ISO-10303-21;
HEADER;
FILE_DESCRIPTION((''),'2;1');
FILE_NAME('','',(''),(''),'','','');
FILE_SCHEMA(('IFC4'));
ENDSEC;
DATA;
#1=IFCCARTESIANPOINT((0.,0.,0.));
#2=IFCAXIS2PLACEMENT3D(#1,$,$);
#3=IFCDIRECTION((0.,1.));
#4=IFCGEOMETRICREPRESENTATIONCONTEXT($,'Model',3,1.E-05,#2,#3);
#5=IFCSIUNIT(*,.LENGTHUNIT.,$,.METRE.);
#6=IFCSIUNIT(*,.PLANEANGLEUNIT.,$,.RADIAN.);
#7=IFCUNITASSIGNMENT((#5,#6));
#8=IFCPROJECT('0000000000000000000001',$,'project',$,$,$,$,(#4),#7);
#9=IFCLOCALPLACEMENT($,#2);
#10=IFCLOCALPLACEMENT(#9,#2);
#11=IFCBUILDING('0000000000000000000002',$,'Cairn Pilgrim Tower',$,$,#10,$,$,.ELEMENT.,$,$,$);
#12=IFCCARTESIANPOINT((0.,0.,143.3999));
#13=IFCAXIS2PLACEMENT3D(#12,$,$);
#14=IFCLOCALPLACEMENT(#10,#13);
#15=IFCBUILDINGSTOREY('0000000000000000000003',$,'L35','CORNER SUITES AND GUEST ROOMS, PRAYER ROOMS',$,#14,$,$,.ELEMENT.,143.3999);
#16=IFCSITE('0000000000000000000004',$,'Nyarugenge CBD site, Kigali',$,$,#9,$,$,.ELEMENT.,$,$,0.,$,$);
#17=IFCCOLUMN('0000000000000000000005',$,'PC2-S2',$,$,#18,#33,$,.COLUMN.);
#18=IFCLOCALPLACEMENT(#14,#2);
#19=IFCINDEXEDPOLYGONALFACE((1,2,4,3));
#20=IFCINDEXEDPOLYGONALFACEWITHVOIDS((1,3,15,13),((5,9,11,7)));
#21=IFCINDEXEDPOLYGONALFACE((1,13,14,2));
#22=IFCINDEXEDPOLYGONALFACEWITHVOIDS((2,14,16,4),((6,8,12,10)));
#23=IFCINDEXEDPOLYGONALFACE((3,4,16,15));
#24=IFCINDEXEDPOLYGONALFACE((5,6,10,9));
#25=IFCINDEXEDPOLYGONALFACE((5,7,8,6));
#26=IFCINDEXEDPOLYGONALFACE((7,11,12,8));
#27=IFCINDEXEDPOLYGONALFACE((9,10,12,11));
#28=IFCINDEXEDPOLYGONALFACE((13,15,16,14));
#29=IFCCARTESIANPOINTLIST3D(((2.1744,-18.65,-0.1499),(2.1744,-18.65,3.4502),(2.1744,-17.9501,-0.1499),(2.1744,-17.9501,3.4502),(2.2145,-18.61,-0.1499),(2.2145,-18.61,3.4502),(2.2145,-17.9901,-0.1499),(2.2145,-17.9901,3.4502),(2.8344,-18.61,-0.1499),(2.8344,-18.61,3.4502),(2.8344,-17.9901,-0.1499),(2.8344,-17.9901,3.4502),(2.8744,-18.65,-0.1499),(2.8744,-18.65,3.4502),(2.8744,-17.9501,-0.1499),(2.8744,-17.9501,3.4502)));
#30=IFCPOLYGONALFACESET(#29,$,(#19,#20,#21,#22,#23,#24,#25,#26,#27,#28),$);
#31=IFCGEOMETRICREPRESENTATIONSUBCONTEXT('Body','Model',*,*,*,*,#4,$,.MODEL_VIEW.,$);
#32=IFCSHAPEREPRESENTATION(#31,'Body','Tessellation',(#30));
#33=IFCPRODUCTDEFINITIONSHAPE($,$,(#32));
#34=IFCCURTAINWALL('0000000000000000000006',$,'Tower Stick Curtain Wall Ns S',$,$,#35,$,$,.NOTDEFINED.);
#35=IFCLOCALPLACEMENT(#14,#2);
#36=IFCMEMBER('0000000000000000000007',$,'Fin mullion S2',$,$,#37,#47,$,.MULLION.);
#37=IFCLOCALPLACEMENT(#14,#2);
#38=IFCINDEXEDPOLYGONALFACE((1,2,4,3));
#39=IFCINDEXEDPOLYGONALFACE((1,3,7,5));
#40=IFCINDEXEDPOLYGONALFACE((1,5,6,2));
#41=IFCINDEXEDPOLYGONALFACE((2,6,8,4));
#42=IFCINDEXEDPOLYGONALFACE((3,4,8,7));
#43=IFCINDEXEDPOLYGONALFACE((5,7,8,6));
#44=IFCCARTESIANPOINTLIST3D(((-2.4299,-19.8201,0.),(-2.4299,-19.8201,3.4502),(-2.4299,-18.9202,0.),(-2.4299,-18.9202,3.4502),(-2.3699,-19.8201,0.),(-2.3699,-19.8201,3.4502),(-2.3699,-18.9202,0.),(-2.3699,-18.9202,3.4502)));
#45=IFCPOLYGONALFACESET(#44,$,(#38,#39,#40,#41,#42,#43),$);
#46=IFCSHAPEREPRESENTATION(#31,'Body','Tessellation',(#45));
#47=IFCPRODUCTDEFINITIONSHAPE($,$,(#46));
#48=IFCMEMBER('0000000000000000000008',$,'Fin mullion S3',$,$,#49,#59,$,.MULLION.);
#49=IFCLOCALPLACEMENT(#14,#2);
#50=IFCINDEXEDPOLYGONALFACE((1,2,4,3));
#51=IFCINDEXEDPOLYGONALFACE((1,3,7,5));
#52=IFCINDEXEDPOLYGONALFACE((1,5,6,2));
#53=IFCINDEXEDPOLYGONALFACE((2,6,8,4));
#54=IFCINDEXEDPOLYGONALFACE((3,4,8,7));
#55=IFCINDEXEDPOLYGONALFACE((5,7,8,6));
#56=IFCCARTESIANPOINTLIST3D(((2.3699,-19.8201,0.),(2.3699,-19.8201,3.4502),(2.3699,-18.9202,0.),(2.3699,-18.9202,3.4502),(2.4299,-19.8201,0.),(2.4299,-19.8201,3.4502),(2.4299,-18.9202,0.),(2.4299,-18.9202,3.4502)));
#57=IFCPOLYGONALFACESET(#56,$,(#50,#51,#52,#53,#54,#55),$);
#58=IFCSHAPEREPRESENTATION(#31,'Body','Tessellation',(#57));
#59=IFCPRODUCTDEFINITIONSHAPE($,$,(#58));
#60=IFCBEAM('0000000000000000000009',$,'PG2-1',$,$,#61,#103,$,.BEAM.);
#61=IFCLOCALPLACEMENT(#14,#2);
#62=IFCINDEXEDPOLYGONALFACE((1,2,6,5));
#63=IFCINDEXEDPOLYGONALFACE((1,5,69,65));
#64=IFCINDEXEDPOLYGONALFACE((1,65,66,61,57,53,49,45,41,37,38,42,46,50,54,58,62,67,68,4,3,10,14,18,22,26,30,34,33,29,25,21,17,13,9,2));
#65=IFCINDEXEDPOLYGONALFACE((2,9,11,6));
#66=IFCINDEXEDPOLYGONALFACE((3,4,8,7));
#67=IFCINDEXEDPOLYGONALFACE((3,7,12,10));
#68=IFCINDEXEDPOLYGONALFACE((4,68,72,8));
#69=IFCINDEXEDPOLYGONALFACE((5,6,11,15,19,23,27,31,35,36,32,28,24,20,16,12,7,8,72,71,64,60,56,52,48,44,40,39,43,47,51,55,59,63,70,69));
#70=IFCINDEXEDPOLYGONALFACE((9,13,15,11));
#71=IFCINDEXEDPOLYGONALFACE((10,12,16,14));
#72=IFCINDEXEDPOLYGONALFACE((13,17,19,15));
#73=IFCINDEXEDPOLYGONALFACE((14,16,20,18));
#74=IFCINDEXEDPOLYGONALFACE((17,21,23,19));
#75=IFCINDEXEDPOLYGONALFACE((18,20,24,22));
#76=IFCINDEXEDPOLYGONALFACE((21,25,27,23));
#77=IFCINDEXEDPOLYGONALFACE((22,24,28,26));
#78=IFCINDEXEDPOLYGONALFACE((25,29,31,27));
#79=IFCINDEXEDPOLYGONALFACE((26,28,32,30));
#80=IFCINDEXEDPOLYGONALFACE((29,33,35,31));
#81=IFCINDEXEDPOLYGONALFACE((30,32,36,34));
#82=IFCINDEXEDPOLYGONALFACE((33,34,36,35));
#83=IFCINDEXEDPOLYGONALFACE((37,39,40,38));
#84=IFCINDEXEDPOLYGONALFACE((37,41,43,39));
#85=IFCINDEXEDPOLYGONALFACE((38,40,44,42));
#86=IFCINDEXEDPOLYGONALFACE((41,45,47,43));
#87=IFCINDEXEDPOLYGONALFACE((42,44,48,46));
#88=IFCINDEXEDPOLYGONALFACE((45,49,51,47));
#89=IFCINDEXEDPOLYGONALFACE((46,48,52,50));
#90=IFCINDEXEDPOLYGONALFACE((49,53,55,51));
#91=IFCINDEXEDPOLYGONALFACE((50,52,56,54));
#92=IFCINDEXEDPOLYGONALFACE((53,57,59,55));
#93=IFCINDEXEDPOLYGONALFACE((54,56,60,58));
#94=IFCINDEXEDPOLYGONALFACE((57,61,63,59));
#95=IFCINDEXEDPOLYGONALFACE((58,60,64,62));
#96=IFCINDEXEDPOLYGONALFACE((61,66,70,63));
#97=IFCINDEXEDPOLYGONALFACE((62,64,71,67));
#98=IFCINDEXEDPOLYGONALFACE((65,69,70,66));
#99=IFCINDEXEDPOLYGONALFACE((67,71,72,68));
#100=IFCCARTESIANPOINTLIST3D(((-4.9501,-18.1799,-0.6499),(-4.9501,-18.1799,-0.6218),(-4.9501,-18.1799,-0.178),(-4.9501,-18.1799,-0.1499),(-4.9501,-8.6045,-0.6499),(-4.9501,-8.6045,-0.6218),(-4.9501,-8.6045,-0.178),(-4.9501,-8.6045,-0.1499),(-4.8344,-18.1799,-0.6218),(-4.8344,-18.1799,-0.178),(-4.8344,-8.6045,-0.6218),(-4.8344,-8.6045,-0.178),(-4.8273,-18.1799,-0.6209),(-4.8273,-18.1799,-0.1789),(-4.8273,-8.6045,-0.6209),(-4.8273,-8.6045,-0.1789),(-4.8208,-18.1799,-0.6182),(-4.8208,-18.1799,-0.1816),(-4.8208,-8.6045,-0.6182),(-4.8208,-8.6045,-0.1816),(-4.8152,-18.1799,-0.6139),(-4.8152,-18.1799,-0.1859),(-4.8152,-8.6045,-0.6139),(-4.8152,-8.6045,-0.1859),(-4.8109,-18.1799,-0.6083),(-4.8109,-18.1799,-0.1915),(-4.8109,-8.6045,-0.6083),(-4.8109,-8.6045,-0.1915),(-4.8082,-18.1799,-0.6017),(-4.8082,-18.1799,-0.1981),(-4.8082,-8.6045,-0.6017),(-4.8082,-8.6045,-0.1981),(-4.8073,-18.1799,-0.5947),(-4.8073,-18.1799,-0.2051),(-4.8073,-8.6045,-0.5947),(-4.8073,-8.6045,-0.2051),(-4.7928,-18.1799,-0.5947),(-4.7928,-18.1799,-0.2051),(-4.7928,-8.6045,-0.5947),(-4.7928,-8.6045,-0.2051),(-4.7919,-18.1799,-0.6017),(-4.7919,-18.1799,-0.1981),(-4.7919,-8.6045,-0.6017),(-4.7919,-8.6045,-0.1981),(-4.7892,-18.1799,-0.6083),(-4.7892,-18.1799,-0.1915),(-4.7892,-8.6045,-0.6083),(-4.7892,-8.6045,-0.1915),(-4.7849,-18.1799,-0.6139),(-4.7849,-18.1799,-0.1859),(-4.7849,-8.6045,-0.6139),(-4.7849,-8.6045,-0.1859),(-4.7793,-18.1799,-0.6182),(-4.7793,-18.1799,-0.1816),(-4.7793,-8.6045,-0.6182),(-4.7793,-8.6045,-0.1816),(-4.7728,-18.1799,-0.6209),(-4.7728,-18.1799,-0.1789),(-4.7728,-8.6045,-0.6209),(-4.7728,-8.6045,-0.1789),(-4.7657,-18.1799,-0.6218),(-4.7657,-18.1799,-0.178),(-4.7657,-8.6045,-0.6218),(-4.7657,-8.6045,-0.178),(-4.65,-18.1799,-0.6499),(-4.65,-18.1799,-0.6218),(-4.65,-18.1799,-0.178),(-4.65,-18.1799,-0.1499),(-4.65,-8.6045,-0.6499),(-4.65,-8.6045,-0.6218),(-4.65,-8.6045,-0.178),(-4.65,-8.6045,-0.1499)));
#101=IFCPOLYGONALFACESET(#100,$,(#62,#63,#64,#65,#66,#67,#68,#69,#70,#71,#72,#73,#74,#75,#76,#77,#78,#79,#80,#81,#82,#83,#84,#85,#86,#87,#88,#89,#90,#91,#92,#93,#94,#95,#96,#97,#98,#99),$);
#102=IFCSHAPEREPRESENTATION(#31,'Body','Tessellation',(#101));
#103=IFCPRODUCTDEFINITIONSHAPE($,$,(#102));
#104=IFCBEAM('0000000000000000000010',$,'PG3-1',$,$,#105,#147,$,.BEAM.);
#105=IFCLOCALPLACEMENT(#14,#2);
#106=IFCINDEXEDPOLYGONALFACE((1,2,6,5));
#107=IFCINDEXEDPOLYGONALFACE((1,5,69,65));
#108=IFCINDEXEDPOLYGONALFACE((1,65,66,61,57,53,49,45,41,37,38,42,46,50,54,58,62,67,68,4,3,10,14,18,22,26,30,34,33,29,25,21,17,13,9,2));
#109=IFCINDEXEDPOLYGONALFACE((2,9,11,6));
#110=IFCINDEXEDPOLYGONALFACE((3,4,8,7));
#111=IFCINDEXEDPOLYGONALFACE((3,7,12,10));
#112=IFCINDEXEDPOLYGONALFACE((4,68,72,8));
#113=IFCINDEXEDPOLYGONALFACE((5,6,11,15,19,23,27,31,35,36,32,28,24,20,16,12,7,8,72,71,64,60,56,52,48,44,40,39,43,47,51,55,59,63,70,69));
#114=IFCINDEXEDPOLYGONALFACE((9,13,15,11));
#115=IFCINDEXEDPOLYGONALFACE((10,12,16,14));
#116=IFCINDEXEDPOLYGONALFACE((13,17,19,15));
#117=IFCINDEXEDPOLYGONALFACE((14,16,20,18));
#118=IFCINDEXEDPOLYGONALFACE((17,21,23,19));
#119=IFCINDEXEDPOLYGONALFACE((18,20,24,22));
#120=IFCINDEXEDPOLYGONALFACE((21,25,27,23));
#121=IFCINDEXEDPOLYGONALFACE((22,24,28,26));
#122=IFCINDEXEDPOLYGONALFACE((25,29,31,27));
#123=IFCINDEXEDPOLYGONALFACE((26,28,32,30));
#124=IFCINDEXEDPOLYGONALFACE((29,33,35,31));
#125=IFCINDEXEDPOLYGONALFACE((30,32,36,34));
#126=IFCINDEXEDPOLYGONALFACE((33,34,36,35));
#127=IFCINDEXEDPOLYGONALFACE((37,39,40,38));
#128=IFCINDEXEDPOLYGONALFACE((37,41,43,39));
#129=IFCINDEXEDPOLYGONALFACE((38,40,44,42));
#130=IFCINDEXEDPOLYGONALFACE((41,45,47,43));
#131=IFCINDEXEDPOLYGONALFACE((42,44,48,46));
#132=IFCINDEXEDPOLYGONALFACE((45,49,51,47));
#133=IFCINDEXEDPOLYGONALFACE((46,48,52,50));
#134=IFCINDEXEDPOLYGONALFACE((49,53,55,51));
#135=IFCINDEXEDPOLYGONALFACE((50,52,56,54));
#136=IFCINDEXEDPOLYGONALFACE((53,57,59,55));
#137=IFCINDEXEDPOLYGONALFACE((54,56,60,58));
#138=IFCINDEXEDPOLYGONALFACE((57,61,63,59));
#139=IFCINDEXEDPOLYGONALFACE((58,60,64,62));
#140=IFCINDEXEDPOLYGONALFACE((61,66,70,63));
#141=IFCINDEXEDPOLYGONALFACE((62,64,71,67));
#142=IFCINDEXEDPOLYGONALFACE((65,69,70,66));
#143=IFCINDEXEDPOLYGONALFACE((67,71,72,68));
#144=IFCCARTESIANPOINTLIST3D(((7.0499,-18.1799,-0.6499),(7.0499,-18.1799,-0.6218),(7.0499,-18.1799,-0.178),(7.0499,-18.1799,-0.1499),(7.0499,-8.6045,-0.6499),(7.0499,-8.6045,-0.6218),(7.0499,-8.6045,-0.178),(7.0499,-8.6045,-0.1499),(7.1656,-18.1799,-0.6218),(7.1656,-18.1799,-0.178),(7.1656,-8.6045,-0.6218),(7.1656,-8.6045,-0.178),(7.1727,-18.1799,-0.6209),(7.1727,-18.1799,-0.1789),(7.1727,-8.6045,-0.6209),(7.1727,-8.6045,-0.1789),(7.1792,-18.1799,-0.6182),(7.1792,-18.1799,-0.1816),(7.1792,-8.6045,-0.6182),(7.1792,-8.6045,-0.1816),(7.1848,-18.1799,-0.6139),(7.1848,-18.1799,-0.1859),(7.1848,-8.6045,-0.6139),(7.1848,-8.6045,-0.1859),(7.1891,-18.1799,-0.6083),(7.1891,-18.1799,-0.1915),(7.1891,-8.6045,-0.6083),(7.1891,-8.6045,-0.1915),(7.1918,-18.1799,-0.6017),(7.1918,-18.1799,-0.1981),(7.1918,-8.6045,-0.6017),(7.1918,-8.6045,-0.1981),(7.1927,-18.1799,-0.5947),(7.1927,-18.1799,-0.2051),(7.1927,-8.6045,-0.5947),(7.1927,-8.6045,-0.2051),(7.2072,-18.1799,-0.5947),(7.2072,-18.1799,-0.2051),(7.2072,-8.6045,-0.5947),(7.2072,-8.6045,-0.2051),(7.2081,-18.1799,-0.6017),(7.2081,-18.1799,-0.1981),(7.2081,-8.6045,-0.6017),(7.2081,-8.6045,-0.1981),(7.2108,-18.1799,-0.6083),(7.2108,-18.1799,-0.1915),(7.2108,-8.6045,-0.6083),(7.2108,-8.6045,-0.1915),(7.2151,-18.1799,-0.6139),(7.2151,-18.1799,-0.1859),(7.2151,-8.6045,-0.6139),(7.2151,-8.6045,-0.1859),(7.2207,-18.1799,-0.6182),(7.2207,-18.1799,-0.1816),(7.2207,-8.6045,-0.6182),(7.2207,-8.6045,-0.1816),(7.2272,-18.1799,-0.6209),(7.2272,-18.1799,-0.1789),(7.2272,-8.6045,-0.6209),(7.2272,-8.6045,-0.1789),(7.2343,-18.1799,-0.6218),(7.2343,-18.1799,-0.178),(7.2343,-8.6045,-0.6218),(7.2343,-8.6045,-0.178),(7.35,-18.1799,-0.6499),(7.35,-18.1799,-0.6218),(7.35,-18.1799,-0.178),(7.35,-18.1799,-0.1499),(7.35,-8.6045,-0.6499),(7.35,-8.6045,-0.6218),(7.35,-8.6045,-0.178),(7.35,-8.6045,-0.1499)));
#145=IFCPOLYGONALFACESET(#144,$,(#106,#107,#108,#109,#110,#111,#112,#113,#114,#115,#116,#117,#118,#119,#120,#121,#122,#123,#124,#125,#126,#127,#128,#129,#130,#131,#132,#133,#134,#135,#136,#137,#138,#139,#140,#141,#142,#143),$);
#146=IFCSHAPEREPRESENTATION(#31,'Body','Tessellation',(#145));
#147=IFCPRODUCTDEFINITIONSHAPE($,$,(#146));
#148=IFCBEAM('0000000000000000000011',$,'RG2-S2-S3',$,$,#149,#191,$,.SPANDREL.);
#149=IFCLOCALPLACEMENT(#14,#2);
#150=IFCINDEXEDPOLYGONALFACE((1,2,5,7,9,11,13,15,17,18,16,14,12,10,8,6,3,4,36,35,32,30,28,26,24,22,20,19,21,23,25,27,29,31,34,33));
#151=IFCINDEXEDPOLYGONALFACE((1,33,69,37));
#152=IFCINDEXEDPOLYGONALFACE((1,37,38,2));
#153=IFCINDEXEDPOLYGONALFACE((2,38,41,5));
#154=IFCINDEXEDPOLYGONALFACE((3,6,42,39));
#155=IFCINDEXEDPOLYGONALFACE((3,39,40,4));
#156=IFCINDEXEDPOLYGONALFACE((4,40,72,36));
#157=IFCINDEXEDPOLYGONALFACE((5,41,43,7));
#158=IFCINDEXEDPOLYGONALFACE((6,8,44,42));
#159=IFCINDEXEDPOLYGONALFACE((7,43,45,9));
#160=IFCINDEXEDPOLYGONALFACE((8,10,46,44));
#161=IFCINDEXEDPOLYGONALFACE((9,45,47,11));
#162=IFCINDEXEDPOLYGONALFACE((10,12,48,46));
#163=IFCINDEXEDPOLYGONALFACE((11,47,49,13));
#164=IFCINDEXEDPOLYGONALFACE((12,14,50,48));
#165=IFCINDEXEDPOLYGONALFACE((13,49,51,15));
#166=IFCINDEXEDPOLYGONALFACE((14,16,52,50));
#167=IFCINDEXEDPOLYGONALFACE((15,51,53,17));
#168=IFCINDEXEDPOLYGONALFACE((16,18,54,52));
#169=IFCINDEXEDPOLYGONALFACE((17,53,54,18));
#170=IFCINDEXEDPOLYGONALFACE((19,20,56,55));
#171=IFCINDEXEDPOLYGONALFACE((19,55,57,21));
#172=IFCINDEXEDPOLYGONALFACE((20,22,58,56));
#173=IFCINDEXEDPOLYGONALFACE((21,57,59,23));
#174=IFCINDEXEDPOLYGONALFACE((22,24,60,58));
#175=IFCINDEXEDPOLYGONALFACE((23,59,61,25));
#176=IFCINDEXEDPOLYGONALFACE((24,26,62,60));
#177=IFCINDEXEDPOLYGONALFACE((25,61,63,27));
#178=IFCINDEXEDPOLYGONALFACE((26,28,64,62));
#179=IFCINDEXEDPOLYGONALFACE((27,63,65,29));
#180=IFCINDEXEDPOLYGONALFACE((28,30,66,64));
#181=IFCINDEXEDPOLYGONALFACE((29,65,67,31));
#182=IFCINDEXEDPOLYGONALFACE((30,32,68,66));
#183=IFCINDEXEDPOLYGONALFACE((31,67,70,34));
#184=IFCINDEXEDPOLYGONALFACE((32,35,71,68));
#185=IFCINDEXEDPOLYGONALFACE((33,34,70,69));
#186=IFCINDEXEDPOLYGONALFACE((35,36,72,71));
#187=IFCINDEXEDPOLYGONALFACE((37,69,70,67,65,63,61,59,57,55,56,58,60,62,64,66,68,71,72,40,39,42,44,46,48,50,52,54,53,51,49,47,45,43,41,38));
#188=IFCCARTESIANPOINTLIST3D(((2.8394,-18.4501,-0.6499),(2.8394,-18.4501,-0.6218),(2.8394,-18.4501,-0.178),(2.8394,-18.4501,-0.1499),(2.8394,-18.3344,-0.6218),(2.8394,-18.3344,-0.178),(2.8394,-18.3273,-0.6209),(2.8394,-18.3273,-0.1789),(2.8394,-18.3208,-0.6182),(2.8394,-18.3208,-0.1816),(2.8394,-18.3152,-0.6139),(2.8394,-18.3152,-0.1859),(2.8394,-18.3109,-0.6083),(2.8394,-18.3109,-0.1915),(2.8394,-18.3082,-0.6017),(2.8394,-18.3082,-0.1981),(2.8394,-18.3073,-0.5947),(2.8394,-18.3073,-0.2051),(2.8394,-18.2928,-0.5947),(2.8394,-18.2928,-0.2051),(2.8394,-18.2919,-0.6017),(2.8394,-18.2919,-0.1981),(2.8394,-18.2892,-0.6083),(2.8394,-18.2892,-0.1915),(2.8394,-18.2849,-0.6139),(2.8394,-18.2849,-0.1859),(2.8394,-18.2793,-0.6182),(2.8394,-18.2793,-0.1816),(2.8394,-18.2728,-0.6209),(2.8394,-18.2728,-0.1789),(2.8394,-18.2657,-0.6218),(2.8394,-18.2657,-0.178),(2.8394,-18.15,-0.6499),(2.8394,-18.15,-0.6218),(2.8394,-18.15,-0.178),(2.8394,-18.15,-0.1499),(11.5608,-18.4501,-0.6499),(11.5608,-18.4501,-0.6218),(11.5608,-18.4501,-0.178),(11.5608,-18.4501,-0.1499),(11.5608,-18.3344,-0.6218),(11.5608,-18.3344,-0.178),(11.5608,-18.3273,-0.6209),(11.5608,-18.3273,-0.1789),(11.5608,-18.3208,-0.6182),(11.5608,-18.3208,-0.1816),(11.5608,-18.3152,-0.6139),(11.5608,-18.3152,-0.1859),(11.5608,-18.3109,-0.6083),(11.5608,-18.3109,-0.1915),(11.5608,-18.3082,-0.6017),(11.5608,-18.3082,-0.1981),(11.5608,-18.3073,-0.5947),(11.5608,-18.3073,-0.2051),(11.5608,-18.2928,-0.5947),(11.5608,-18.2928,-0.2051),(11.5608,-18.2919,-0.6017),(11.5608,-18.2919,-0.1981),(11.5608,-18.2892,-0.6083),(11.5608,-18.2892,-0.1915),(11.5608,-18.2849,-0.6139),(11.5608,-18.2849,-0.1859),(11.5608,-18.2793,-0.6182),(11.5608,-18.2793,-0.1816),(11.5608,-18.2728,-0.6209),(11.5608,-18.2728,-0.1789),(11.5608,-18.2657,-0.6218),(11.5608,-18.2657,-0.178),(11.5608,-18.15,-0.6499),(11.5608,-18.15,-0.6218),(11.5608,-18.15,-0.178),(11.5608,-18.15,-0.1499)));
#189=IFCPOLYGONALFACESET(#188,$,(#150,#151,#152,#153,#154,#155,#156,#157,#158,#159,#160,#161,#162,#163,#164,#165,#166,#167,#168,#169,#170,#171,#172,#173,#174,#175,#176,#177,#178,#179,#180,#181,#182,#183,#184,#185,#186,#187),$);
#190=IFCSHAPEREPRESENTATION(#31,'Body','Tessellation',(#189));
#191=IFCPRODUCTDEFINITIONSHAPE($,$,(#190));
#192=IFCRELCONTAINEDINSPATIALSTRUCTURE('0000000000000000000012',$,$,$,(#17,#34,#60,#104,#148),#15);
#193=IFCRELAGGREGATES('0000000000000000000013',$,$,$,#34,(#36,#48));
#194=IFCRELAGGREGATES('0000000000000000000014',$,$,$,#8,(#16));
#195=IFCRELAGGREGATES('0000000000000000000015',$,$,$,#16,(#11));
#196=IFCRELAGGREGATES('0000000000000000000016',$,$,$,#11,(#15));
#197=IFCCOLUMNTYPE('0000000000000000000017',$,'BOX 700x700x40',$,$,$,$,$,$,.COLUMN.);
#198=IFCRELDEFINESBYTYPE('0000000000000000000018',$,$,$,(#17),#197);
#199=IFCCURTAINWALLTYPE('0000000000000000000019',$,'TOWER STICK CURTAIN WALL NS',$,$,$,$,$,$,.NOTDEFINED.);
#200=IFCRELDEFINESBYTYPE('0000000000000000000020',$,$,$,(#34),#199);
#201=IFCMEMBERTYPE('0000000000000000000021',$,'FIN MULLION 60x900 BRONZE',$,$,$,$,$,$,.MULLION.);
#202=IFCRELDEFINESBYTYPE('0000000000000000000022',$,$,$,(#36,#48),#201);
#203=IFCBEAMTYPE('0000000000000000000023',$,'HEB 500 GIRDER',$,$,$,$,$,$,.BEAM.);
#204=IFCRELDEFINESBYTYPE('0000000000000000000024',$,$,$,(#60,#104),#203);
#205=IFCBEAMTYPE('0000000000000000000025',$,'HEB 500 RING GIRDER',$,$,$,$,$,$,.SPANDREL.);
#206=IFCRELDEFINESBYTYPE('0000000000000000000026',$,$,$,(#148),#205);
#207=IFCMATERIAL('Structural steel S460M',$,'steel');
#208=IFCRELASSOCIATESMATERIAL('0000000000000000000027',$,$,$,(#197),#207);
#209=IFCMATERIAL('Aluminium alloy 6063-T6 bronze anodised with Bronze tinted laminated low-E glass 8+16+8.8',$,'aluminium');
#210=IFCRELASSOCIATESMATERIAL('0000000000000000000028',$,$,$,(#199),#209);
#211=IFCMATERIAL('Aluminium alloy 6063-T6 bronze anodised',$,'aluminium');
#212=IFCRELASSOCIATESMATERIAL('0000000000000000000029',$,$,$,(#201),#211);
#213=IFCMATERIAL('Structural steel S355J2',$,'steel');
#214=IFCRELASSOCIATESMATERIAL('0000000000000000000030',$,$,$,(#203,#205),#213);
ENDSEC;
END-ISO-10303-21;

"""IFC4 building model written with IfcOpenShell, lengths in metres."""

from ifc_helpers import new_model, si_unit, direction, frame, origin, origin_2d, place, context, subcontext, project, spatial, rectangle, hollow_rectangle, i_section, extrude, material, material_profile, profile_set, type_object, element, aggregate, save


model = new_model("IFC4")

# Units and contexts
model_context = context("Model", 3, precision=1e-05, world=origin(), true_north=direction((0.0, 1.0)))
body_context = subcontext(model_context, "Body", "Model", "MODEL_VIEW")
ifc_project = project(units=[si_unit("LENGTHUNIT", "METRE"), si_unit("PLANEANGLEUNIT", "RADIAN")], contexts=[model_context])

# Site, building, storey
site_placement = place(None, origin())
site = spatial("IfcSite", under=ifc_project, at=site_placement, Name="Nyarugenge CBD site, Kigali", CompositionType="ELEMENT", RefElevation=0.0)
building_placement = place(site_placement, origin())
building = spatial("IfcBuilding", under=site, at=building_placement, Name="Cairn Pilgrim Tower", CompositionType="ELEMENT")
storey_placement = place(building_placement, frame((0.0, 0.0, 143.3999)))
storey = spatial("IfcBuildingStorey", under=building, at=storey_placement, Name="L35", Description="CORNER SUITES AND GUEST ROOMS, PRAYER ROOMS", CompositionType="ELEMENT", Elevation=143.3999)

# Column
ifc_material_1 = material(Name="Structural steel S460M", Category="steel")
ifc_material_profile_1 = material_profile(ifc_material_1, hollow_rectangle(XDim=0.7, YDim=0.7, WallThickness=0.04, at=origin_2d()), Name="BOX 700x700x40")
ifc_profile_set_1 = profile_set([ifc_material_profile_1], Name="Structural steel S460M")
column_type = type_object("IfcColumnType", Name="BOX 700x700x40", PredefinedType="COLUMN", material=ifc_profile_set_1)
column_placement = place(storey_placement, frame((2.5244, -18.3, -0.1499), z_axis=(0.0, 0.0, 1.0), x_axis=(1.0, 0.0, 0.0)))
element("IfcColumn", 1, at=column_placement, inside=storey, type_object=column_type, Name="PC2-S2", PredefinedType="COLUMN", context=body_context, shape_type="SweptSolid", body=[
    extrude(hollow_rectangle(XDim=0.7, YDim=0.7, WallThickness=0.04, at=origin_2d()), origin(), (0.0, 0.0, 1.0), 3.6001),
])

# Curtain wall, members
ifc_material_2 = material(Name="Aluminium alloy 6063-T6 bronze anodised with Bronze tinted laminated low-E glass 8+16+8.8", Category="aluminium")
curtain_wall_type = type_object("IfcCurtainWallType", Name="TOWER STICK CURTAIN WALL NS", PredefinedType="NOTDEFINED", material=ifc_material_2)
curtain_wall_placement = place(storey_placement, origin())
curtain_wall = element("IfcCurtainWall", 2, at=curtain_wall_placement, inside=storey, type_object=curtain_wall_type, Name="Tower Stick Curtain Wall Ns S", PredefinedType="NOTDEFINED")
ifc_material_3 = material(Name="Aluminium alloy 6063-T6 bronze anodised", Category="aluminium")
ifc_material_profile_2 = material_profile(ifc_material_3, rectangle(XDim=0.8999, YDim=0.0601, at=origin_2d()), Name="FIN MULLION 60x900 BRONZE")
ifc_profile_set_2 = profile_set([ifc_material_profile_2], Name="Aluminium alloy 6063-T6 bronze anodised")
member_type = type_object("IfcMemberType", Name="FIN MULLION 60x900 BRONZE", PredefinedType="MULLION", material=ifc_profile_set_2)
member_1_placement = place(storey_placement, frame((-2.3999, -19.3701, 0.0), z_axis=(0.0, 0.0, 1.0), x_axis=(0.0, -1.0, 0.0)))
member_1 = element("IfcMember", 3, at=member_1_placement, type_object=member_type, Name="Fin mullion S2", PredefinedType="MULLION", context=body_context, shape_type="SweptSolid", body=[
    extrude(rectangle(XDim=0.8999, YDim=0.0601, at=origin_2d()), origin(), (0.0, 0.0, 1.0), 3.4502),
])
member_2_placement = place(storey_placement, frame((2.3999, -19.3701, 0.0), z_axis=(0.0, 0.0, 1.0), x_axis=(0.0, -1.0, 0.0)))
member_2 = element("IfcMember", 4, at=member_2_placement, type_object=member_type, Name="Fin mullion S3", PredefinedType="MULLION", context=body_context, shape_type="SweptSolid", body=[
    extrude(rectangle(XDim=0.8999, YDim=0.0601, at=origin_2d()), origin(), (0.0, 0.0, 1.0), 3.4502),
])
aggregate(curtain_wall, [member_1, member_2])

# Beams
ifc_material_4 = material(Name="Structural steel S355J2", Category="steel")
ifc_material_profile_3 = material_profile(ifc_material_4, i_section(OverallWidth=0.3, OverallDepth=0.5, WebThickness=0.0144, FlangeThickness=0.0281, FilletRadius=0.0271, at=origin_2d()), Name="HEB 500")
ifc_profile_set_3 = profile_set([ifc_material_profile_3], Name="Structural steel S355J2")
beam_type_1 = type_object("IfcBeamType", Name="HEB 500 GIRDER", PredefinedType="BEAM", material=ifc_profile_set_3)
for number, where, z_axis, x_axis, name in (
    (5, (-4.8, -18.1799, -0.3999), (0.0, 1.0, 0.0), (-1.0, 0.0, 0.0), "PG2-1"),
    (6, (7.2, -18.1799, -0.3999), (0.0, 1.0, 0.0), (-1.0, 0.0, 0.0), "PG3-1"),
):
    element("IfcBeam", number, at=place(storey_placement, frame(where, z_axis=z_axis, x_axis=x_axis)), inside=storey, type_object=beam_type_1, Name=name, PredefinedType="BEAM", context=body_context, shape_type="SweptSolid", body=[
        extrude(i_section(OverallWidth=0.3, OverallDepth=0.5, WebThickness=0.0144, FlangeThickness=0.0281, FilletRadius=0.0271, at=origin_2d()), origin(), (0.0, 0.0, 1.0), 9.5754),
    ])
ifc_material_profile_4 = material_profile(ifc_material_4, i_section(OverallWidth=0.3, OverallDepth=0.5, WebThickness=0.0144, FlangeThickness=0.0281, FilletRadius=0.0271, at=origin_2d()), Name="HEB 500")
ifc_profile_set_4 = profile_set([ifc_material_profile_4], Name="Structural steel S355J2")
beam_type_2 = type_object("IfcBeamType", Name="HEB 500 RING GIRDER", PredefinedType="SPANDREL", material=ifc_profile_set_4)
beam_1_placement = place(storey_placement, frame((2.8394, -18.3, -0.3999), z_axis=(1.0, 0.0, 0.0), x_axis=(0.0, 1.0, 0.0)))
element("IfcBeam", 7, at=beam_1_placement, inside=storey, type_object=beam_type_2, Name="RG2-S2-S3", PredefinedType="SPANDREL", context=body_context, shape_type="SweptSolid", body=[
    extrude(i_section(OverallWidth=0.3, OverallDepth=0.5, WebThickness=0.0144, FlangeThickness=0.0281, FilletRadius=0.0271, at=origin_2d()), origin(), (0.0, 0.0, 1.0), 8.7214),
])

save(model, "model.ifc")
